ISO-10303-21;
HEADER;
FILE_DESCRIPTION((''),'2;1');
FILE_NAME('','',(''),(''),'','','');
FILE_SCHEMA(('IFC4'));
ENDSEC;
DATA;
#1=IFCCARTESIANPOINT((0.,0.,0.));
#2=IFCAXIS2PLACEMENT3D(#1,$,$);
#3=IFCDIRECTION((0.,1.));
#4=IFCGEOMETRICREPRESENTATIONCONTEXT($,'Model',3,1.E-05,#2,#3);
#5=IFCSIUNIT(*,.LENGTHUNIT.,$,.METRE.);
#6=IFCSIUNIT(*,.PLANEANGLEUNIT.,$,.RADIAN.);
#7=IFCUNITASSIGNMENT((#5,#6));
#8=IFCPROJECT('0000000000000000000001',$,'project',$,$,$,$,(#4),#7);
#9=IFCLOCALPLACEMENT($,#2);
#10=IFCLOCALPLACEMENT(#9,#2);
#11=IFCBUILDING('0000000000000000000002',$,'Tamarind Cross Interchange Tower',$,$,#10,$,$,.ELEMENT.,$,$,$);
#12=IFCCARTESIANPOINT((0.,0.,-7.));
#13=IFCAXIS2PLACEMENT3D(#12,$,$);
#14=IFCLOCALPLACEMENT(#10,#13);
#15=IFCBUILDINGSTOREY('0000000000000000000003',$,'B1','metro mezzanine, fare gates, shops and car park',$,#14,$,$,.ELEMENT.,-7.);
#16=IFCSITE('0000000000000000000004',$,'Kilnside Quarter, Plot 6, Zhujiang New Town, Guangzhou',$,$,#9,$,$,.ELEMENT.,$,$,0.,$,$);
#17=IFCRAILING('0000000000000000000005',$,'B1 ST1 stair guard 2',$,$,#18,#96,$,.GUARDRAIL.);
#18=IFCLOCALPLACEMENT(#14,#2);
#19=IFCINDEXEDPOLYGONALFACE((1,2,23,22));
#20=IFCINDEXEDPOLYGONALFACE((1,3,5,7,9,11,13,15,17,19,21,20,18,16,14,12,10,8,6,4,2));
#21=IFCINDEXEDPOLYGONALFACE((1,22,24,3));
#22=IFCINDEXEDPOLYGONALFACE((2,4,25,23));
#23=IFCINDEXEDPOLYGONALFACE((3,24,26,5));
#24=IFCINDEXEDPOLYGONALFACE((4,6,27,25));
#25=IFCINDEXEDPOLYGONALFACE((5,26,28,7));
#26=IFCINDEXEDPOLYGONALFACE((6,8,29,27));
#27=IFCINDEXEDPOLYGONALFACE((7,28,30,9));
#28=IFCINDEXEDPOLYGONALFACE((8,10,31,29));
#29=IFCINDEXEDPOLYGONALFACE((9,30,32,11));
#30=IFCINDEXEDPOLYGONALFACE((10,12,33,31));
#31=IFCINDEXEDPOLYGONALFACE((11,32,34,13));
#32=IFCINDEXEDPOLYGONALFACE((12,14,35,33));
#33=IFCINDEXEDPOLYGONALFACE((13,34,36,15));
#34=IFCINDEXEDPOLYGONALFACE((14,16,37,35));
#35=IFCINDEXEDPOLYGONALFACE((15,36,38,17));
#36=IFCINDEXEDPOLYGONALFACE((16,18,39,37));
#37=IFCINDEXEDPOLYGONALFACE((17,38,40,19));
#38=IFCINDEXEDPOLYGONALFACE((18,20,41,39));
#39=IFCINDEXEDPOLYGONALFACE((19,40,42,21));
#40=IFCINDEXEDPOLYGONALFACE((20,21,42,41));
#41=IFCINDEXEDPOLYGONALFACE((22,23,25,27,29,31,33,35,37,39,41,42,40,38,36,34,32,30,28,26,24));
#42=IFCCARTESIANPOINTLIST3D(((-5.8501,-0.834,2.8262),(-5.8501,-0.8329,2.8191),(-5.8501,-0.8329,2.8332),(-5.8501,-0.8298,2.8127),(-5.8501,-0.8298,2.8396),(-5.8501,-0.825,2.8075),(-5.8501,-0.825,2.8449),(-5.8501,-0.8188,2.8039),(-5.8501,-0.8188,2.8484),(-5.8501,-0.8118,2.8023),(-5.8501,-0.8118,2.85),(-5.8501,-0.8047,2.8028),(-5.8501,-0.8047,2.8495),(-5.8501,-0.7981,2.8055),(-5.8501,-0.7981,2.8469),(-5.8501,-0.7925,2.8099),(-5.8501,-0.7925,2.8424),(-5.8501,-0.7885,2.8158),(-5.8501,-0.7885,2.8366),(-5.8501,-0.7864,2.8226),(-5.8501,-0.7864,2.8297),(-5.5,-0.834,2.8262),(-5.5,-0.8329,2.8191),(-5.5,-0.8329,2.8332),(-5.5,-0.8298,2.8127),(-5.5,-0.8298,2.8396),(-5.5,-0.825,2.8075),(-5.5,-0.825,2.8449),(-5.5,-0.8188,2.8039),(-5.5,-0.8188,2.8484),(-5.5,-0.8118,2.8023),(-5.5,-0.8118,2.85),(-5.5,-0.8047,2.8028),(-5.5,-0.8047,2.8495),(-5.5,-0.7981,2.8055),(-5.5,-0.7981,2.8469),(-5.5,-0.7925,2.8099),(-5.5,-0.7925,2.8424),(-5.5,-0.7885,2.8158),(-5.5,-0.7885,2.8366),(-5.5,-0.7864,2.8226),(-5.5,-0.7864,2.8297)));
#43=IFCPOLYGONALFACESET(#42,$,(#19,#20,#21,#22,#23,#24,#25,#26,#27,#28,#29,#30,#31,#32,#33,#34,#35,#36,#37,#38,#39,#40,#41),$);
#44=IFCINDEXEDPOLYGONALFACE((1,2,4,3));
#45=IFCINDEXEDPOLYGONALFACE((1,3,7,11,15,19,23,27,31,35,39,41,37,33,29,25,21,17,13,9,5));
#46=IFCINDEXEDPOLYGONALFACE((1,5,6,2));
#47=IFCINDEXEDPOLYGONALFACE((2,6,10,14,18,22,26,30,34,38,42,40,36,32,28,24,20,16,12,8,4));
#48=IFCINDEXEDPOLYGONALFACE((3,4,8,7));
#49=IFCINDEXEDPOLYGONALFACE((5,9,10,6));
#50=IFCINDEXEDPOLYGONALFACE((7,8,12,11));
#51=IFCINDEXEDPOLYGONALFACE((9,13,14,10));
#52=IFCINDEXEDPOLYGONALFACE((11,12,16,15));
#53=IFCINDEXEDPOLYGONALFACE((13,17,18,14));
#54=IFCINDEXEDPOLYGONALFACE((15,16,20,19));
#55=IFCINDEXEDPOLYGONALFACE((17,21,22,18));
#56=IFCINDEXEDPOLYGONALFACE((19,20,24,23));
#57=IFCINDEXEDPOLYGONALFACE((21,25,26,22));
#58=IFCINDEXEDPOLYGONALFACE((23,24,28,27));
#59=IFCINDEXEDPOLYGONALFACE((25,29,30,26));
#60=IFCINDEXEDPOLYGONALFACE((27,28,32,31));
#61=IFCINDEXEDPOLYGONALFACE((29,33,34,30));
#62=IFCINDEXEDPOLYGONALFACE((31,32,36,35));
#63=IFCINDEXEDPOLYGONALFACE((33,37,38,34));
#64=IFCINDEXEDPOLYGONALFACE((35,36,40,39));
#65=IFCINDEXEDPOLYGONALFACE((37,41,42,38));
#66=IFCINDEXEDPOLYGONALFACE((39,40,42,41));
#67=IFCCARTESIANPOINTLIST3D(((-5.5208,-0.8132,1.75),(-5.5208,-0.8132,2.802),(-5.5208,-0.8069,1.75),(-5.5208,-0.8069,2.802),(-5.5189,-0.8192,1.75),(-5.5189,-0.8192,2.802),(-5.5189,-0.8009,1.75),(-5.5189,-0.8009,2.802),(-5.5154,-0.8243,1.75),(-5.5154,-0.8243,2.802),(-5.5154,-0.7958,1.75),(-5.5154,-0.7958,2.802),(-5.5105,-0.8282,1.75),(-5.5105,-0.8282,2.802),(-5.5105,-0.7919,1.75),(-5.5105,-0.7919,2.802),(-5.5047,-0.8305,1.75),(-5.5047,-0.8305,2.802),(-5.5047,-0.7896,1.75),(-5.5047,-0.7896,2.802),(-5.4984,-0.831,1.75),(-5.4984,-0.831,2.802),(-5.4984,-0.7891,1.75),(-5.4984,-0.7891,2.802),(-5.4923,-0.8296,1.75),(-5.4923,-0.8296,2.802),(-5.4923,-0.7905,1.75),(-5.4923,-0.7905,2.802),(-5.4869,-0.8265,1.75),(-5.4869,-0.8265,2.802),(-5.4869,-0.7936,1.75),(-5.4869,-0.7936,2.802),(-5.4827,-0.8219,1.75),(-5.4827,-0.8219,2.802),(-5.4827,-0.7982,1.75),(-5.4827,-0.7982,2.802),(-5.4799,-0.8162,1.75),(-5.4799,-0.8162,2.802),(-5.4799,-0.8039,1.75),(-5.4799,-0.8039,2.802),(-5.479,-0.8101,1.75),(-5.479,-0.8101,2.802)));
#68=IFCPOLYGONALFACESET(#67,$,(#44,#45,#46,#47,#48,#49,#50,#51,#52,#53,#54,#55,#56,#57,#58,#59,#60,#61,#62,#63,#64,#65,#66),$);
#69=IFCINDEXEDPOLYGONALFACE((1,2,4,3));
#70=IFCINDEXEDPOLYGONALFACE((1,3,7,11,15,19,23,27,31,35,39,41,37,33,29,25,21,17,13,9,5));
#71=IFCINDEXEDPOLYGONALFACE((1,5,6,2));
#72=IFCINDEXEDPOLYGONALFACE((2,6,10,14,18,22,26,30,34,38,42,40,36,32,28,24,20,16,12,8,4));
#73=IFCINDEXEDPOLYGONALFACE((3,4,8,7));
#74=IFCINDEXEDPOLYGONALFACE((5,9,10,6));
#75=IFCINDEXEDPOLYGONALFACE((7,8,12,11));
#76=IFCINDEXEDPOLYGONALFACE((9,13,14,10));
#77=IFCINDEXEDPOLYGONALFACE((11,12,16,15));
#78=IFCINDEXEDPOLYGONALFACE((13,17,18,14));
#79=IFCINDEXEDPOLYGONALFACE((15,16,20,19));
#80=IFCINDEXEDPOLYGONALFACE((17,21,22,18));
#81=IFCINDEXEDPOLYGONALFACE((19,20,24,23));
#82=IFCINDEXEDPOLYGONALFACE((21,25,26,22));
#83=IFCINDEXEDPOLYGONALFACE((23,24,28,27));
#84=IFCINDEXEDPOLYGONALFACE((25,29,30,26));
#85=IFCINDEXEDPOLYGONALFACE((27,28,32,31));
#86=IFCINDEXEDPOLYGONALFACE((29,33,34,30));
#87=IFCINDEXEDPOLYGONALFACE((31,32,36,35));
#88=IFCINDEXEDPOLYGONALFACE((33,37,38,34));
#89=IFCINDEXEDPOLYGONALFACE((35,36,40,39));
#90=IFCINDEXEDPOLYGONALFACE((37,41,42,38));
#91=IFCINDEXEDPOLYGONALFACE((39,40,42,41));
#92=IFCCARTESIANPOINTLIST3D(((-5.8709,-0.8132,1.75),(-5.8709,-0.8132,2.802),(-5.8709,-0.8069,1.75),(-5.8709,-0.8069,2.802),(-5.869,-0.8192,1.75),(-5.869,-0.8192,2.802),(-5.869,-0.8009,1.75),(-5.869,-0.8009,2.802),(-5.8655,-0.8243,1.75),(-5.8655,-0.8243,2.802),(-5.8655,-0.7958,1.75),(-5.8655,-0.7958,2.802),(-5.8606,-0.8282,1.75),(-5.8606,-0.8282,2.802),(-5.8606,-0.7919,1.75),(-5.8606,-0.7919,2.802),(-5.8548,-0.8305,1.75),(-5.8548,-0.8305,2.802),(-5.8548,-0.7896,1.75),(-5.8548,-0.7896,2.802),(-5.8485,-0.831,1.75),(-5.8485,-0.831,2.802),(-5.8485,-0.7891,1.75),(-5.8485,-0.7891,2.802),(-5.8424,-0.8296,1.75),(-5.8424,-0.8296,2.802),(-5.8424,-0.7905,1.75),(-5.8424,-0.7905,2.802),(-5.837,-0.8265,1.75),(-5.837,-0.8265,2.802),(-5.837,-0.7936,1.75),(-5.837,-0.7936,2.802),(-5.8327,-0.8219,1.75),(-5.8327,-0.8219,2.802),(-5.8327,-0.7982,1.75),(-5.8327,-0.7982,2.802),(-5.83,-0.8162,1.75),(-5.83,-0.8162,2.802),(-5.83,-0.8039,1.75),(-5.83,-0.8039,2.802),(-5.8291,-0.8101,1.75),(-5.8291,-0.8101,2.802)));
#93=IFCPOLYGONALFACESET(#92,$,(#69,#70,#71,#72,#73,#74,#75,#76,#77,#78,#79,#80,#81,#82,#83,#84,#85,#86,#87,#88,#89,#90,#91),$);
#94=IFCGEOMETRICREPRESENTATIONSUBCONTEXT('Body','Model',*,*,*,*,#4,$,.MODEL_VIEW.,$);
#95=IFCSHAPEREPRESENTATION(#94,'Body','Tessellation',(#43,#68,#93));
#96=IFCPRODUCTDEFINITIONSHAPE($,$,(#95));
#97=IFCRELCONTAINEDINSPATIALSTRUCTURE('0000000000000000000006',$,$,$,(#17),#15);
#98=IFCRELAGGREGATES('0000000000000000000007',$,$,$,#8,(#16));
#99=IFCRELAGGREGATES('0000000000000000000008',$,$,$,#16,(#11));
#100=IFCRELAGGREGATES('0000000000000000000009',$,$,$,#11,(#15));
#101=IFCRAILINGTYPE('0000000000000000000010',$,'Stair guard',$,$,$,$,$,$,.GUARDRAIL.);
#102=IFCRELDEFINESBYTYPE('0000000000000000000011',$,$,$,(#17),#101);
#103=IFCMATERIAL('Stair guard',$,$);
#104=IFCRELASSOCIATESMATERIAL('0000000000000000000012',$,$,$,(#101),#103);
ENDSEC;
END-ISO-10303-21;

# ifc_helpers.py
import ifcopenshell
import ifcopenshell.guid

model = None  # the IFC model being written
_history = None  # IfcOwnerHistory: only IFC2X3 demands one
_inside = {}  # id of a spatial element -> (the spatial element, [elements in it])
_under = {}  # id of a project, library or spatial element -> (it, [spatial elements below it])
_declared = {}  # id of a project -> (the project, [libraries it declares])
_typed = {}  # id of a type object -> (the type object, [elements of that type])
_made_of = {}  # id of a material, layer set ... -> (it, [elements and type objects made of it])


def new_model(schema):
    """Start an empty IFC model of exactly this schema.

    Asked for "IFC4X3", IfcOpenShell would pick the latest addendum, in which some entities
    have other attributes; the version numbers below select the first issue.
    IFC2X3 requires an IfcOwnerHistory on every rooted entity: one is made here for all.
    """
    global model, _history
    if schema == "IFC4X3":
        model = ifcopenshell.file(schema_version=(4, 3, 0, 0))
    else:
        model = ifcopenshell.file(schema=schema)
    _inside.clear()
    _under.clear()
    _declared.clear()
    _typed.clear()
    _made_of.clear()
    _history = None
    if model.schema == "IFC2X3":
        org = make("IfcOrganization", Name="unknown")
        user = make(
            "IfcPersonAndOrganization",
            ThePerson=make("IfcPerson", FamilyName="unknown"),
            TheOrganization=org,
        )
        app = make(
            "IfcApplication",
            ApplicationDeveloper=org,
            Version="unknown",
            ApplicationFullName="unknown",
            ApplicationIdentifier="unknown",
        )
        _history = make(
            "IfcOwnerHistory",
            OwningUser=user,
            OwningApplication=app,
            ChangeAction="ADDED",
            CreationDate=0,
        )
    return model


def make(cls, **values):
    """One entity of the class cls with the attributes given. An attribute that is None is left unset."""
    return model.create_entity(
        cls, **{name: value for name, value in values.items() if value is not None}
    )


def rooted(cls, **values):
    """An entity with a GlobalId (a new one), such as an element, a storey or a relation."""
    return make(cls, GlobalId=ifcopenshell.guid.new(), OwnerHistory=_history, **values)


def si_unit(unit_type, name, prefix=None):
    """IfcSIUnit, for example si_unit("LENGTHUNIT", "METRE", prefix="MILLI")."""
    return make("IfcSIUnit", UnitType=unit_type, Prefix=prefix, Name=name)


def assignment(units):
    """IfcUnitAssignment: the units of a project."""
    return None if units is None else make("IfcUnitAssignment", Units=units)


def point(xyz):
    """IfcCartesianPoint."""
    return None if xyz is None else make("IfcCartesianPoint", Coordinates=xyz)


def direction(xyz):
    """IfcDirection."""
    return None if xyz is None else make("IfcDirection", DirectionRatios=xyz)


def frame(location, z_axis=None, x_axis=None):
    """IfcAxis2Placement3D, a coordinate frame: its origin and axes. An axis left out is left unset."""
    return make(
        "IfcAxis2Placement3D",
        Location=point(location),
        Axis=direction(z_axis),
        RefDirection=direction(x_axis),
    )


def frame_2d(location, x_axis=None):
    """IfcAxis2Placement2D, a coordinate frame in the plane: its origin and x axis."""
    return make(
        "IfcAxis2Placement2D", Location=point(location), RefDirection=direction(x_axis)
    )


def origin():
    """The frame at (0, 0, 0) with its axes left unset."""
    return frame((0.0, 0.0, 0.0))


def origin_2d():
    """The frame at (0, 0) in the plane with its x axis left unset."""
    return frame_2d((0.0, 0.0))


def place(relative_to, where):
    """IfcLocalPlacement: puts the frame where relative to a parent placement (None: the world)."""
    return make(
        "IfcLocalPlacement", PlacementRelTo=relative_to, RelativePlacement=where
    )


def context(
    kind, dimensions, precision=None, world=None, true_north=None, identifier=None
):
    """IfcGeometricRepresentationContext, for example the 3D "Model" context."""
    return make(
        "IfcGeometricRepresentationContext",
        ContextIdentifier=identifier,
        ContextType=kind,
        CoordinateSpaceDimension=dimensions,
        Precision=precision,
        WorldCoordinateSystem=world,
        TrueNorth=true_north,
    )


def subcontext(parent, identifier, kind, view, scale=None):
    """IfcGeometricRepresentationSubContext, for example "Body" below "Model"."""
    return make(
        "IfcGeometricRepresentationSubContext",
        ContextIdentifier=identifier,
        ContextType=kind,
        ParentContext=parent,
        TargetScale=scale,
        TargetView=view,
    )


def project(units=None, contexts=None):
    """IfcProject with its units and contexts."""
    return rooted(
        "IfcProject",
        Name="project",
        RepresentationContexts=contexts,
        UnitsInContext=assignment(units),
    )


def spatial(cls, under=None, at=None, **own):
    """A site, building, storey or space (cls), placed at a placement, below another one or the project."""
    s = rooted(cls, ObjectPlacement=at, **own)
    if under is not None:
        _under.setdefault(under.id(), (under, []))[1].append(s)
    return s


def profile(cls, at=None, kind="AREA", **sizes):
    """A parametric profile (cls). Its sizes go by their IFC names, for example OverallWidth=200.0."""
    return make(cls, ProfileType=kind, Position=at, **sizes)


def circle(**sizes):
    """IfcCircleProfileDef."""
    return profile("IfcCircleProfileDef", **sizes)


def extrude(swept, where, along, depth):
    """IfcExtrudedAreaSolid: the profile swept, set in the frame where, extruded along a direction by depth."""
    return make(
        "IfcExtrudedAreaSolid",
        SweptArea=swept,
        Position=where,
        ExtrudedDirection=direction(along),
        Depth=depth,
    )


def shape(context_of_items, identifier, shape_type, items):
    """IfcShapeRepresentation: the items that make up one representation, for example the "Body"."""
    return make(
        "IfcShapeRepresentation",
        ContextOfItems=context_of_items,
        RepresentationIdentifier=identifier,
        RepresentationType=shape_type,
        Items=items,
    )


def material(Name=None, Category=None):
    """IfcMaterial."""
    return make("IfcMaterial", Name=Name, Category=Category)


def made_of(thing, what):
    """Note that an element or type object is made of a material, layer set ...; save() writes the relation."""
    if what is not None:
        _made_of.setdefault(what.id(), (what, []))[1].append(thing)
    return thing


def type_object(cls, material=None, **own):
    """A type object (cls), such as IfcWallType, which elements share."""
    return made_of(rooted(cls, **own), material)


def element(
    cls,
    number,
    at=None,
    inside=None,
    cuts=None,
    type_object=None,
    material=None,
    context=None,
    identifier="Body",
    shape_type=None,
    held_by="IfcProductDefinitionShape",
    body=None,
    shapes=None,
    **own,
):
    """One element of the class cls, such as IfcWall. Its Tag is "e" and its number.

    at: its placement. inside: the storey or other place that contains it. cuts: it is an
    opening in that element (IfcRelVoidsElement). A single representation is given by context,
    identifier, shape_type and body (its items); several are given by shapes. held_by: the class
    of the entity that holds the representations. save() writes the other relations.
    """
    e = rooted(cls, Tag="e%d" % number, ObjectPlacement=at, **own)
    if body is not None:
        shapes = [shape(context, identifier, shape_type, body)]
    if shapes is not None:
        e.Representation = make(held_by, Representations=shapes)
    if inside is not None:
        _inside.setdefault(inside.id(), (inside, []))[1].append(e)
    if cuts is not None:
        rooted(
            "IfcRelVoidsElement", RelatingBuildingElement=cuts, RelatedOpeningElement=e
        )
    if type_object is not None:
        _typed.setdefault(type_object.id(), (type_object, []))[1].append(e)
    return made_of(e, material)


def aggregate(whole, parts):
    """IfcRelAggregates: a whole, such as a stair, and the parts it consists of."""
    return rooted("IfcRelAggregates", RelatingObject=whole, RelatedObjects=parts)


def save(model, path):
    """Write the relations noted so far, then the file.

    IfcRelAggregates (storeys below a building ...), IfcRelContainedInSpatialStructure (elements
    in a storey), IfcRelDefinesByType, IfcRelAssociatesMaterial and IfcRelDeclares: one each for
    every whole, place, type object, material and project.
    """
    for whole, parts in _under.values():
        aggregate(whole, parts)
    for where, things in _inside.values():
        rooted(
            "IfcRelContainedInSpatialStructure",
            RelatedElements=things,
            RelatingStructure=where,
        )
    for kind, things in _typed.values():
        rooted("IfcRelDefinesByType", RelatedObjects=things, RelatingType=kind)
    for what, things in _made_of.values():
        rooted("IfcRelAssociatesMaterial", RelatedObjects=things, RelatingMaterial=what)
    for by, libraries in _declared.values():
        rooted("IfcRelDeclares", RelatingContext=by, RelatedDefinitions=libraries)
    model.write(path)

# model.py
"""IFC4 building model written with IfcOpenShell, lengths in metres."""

from ifc_helpers import new_model, si_unit, direction, frame, origin, origin_2d, place, context, subcontext, project, spatial, circle, extrude, material, type_object, element, save


model = new_model("IFC4")

# Units and contexts
model_context = context("Model", 3, precision=1e-05, world=origin(), true_north=direction((0.0, 1.0)))
body_context = subcontext(model_context, "Body", "Model", "MODEL_VIEW")
ifc_project = project(units=[si_unit("LENGTHUNIT", "METRE"), si_unit("PLANEANGLEUNIT", "RADIAN")], contexts=[model_context])

# Site, building, storey
site_placement = place(None, origin())
site = spatial("IfcSite", under=ifc_project, at=site_placement, Name="Kilnside Quarter, Plot 6, Zhujiang New Town, Guangzhou", CompositionType="ELEMENT", RefElevation=0.0)
building_placement = place(site_placement, origin())
building = spatial("IfcBuilding", under=site, at=building_placement, Name="Tamarind Cross Interchange Tower", CompositionType="ELEMENT")
storey_placement = place(building_placement, frame((0.0, 0.0, -7.0)))
storey = spatial("IfcBuildingStorey", under=building, at=storey_placement, Name="B1", Description="metro mezzanine, fare gates, shops and car park", CompositionType="ELEMENT", Elevation=-7.0)

# Railing
ifc_material_1 = material(Name="Stair guard")
railing_type_1 = type_object("IfcRailingType", Name="Stair guard", PredefinedType="GUARDRAIL", material=ifc_material_1)
railing_1_placement = place(storey_placement, frame((-5.5, -0.8101, 1.75)))
element("IfcRailing", 1, at=railing_1_placement, inside=storey, type_object=railing_type_1, Name="B1 ST1 stair guard 2", PredefinedType="GUARDRAIL", context=body_context, shape_type="SweptSolid", body=[
    extrude(circle(Radius=0.0239, at=origin_2d()), frame((0.0, 0.0, 1.0762), z_axis=(-1.0, 0.0, 0.0), x_axis=(0.0, -1.0, 0.0)), (0.0, 0.0, 1.0), 0.3501),
    extrude(circle(Radius=0.021, at=origin_2d()), origin(), (0.0, 0.0, 1.0), 1.052),
    extrude(circle(Radius=0.021, at=origin_2d()), frame((-0.3501, 0.0, 0.0)), (0.0, 0.0, 1.0), 1.052),
])

save(model, "model.ifc")
